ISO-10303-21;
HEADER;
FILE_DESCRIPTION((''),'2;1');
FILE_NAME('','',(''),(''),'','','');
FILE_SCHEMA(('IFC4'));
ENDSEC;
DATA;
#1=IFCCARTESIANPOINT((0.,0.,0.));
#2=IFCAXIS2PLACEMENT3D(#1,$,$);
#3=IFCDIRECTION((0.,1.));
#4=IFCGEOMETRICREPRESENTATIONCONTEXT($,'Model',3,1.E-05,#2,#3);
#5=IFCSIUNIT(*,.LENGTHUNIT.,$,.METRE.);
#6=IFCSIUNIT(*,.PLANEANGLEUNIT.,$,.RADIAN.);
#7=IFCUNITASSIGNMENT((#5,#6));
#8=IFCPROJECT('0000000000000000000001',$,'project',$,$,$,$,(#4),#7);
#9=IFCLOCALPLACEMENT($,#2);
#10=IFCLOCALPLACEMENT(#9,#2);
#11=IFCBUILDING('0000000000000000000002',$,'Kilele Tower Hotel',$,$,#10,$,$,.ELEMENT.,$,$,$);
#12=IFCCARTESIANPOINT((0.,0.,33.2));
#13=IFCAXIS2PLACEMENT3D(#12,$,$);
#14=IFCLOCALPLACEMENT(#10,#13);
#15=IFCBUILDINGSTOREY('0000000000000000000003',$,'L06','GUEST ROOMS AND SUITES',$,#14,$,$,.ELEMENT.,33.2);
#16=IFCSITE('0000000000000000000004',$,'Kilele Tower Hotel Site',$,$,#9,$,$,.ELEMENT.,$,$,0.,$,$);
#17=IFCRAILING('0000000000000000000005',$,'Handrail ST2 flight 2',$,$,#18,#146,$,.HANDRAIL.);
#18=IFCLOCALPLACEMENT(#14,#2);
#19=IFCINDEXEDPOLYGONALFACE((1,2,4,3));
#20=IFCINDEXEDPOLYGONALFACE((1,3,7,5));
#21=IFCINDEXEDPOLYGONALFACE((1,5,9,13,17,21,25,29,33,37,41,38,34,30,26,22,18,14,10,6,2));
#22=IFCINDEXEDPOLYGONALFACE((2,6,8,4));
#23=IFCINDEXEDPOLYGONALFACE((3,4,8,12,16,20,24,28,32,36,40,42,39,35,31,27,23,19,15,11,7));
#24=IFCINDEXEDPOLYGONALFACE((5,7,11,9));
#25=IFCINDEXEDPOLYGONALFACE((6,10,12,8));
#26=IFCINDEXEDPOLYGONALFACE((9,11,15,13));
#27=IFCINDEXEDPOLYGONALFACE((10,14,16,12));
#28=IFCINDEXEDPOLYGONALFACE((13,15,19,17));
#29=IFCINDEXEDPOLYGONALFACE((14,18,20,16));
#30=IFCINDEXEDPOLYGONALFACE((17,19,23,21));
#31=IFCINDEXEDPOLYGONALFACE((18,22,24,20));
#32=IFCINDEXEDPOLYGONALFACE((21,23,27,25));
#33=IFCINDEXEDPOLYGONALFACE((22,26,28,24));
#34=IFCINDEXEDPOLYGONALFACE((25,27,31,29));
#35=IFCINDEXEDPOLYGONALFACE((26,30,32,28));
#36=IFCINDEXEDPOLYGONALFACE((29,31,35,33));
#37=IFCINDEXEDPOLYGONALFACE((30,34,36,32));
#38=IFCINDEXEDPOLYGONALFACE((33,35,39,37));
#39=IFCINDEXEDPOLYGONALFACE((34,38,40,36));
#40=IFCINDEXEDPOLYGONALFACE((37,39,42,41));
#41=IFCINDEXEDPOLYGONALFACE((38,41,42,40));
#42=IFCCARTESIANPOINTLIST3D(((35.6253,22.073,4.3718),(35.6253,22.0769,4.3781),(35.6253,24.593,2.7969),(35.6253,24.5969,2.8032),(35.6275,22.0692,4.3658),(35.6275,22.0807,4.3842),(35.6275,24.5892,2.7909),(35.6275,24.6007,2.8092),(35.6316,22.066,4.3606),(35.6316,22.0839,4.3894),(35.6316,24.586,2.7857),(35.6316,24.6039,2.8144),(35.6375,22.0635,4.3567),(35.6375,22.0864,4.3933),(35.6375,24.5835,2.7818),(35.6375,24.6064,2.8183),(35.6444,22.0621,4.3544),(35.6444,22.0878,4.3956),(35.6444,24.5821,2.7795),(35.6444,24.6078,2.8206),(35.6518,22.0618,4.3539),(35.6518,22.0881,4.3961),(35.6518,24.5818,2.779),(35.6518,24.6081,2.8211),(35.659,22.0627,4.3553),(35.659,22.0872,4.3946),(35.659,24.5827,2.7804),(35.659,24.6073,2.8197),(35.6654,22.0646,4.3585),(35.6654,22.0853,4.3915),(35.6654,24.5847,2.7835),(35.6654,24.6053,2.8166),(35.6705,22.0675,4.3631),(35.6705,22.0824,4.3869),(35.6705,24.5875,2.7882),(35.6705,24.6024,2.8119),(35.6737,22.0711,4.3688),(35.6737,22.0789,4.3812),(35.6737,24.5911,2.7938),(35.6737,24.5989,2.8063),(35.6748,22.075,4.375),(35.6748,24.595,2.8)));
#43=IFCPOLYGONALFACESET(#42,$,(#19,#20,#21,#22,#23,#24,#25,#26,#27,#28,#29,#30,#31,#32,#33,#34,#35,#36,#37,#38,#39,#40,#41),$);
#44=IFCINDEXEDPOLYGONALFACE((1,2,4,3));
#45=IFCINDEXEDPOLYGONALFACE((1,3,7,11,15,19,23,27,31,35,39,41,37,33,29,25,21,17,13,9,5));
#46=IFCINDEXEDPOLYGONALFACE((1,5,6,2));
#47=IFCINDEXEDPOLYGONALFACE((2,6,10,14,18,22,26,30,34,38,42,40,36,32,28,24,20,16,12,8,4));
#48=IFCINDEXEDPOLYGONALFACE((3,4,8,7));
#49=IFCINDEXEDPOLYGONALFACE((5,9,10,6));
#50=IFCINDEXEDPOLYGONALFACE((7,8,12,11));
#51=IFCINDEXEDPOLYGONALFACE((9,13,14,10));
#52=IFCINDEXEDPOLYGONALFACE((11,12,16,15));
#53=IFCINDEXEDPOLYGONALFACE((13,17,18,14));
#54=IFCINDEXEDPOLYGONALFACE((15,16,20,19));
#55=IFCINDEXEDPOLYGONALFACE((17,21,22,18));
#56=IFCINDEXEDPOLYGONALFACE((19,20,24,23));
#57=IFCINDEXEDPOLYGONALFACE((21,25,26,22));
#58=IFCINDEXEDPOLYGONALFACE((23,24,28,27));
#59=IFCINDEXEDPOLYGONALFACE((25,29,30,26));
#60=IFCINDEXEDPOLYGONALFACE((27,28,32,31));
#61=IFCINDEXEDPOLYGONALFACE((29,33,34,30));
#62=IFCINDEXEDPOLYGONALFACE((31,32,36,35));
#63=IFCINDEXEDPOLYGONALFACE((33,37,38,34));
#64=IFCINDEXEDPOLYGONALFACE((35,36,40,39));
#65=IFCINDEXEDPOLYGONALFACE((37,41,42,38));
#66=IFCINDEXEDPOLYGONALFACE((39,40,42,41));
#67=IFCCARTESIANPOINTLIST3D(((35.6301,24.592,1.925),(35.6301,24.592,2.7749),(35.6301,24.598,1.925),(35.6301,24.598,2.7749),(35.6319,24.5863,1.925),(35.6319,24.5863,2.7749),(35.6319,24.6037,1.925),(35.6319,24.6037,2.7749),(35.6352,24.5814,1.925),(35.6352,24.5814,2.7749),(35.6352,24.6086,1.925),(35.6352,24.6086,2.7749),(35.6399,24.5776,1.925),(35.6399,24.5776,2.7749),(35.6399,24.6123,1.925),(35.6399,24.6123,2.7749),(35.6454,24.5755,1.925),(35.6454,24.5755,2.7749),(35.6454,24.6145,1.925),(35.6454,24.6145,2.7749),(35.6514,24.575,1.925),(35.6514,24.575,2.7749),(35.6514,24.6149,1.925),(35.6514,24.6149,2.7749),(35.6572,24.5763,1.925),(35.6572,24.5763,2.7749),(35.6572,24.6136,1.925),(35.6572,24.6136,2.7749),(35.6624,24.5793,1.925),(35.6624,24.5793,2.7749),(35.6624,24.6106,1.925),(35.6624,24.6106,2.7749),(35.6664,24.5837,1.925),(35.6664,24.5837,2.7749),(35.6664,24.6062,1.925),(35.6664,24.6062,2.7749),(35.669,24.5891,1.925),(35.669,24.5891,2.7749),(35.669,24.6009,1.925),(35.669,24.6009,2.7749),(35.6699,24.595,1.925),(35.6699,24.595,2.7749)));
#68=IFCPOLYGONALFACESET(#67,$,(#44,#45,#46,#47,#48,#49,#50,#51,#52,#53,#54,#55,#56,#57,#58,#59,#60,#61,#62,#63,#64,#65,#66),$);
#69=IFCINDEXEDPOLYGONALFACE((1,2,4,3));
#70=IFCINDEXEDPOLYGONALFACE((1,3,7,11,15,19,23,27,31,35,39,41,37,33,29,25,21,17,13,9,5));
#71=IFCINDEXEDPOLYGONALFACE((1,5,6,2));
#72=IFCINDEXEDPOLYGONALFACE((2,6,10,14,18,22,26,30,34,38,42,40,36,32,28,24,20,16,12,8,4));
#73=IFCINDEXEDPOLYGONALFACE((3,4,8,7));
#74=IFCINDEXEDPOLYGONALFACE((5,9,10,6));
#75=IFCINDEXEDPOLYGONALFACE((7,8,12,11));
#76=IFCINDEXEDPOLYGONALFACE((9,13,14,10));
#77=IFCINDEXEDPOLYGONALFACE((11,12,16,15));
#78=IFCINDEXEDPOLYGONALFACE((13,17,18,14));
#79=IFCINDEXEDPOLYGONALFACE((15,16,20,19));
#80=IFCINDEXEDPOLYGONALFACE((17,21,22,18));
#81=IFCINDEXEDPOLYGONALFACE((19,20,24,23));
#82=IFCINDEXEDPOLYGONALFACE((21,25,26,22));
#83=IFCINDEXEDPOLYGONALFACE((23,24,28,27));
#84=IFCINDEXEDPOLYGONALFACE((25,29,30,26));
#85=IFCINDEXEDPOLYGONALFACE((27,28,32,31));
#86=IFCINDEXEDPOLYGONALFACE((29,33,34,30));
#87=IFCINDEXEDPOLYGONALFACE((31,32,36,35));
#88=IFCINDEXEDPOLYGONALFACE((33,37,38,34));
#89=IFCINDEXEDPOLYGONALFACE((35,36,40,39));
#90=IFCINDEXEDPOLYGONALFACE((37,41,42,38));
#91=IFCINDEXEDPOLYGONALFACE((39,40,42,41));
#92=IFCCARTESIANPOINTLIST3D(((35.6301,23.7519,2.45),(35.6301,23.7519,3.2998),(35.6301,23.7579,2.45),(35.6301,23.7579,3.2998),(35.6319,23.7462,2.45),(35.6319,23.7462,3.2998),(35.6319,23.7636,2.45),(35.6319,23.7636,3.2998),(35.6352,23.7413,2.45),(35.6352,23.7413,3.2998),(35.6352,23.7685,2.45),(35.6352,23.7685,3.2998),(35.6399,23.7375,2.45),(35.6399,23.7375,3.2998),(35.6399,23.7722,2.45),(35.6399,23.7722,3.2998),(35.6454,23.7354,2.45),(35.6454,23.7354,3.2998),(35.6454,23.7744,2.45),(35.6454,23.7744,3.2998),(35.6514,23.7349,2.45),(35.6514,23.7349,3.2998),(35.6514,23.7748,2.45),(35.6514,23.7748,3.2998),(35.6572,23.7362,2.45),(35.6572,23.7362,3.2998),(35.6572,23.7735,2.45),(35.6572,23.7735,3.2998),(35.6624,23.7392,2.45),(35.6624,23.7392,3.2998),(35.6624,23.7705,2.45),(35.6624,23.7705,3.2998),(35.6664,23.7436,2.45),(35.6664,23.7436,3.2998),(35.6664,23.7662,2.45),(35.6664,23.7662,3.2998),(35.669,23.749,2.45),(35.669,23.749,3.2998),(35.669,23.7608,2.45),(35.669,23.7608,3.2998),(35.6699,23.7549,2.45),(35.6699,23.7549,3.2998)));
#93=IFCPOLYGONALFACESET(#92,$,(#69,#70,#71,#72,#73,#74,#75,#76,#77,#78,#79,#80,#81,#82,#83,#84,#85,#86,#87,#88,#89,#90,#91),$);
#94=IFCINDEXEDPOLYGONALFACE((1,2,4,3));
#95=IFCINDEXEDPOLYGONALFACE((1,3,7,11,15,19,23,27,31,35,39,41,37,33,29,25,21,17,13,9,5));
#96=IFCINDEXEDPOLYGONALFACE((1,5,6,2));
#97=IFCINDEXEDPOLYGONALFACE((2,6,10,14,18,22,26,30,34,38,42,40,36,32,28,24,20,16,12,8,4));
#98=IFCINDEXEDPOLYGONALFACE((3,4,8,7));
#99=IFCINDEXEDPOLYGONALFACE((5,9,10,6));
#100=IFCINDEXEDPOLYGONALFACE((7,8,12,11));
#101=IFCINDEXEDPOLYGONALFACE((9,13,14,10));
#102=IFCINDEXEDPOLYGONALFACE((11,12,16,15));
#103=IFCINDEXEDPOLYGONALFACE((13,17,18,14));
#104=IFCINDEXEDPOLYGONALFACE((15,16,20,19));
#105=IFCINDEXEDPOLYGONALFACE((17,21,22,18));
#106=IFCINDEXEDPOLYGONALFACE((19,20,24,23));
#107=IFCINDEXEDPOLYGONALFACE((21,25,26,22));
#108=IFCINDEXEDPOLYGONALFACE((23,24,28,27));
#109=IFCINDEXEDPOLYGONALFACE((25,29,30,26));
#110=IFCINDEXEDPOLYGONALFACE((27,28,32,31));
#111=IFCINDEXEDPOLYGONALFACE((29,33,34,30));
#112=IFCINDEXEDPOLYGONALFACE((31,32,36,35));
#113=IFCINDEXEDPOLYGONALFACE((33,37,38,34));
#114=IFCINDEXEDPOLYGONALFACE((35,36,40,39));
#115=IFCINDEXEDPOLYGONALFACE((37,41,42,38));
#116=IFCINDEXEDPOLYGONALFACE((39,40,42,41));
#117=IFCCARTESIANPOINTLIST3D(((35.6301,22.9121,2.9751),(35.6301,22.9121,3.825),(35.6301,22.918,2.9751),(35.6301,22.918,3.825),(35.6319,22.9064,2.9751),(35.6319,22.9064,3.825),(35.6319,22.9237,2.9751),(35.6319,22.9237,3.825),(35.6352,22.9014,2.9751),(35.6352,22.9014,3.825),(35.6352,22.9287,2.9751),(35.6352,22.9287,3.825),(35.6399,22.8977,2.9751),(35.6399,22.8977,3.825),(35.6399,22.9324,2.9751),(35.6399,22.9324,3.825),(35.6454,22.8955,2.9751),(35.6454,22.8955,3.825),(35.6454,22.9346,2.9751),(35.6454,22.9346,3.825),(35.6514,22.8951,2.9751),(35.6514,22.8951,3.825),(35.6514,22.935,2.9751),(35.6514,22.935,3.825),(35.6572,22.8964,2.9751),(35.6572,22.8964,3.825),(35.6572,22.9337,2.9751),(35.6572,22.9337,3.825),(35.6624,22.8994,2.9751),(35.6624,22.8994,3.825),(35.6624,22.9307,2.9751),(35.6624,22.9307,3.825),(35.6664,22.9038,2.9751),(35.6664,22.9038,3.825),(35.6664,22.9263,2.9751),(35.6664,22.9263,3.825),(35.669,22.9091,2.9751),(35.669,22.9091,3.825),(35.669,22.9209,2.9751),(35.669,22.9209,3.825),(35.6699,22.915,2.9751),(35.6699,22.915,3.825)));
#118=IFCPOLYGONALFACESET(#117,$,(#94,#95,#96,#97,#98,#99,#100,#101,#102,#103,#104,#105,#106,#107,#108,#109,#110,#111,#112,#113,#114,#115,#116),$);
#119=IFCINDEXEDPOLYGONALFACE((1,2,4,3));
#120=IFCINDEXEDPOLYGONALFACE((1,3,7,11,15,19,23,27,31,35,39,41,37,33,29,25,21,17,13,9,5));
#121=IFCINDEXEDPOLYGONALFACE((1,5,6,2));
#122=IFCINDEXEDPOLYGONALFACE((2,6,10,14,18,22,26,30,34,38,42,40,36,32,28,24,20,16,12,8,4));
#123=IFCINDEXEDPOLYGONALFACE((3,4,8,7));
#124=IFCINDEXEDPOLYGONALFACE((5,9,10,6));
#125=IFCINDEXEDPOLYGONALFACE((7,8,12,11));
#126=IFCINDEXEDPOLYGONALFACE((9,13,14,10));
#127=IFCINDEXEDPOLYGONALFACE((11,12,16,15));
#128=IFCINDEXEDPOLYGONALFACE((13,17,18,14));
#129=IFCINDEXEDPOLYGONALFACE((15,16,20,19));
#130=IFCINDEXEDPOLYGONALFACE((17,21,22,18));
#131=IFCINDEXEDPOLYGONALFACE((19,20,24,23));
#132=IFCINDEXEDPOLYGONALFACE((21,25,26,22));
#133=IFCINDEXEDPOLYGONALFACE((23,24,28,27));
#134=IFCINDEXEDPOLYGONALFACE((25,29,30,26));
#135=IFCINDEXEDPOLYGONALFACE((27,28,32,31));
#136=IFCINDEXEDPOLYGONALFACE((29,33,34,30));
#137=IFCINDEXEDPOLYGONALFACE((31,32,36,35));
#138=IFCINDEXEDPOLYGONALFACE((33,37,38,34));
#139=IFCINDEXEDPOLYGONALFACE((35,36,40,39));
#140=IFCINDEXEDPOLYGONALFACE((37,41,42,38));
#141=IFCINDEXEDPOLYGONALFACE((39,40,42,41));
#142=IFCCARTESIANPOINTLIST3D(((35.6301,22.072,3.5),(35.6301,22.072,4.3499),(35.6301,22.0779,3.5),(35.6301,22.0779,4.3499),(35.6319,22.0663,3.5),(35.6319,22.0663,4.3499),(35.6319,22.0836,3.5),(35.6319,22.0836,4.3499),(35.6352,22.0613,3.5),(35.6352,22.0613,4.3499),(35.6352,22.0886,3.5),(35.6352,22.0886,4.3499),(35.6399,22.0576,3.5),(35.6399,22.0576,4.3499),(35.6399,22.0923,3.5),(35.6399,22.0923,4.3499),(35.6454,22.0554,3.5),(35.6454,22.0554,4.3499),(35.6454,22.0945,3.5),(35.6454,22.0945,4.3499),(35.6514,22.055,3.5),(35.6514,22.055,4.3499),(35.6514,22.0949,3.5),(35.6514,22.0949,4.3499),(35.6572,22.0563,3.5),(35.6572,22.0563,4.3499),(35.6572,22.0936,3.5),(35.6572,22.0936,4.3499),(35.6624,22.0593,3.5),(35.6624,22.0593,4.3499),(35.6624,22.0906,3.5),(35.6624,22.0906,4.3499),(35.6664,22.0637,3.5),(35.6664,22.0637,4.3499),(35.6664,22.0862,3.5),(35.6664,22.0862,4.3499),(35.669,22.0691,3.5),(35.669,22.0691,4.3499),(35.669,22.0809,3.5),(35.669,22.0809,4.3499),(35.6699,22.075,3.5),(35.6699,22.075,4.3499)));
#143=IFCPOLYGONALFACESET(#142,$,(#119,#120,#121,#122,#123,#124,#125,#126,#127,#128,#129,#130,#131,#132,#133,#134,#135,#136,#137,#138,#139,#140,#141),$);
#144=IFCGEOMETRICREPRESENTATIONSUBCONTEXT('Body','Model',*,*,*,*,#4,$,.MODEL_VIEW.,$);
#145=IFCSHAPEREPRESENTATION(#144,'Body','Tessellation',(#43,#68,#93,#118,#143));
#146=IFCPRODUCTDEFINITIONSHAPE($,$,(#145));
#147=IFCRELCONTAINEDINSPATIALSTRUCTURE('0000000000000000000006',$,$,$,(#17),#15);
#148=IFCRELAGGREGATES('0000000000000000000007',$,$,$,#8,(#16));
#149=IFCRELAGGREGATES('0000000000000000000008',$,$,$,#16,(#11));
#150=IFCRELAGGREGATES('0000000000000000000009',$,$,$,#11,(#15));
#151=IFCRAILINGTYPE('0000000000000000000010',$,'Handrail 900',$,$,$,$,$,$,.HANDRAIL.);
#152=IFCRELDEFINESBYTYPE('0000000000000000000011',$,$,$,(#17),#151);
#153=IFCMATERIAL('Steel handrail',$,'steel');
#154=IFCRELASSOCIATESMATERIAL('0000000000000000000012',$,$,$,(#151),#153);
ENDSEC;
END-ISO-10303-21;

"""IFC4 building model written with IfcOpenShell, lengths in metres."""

from ifc_helpers import new_model, si_unit, direction, frame, origin, origin_2d, place, context, subcontext, project, spatial, circle, extrude, material, type_object, element, save


model = new_model("IFC4")

# Units and contexts
model_context = context("Model", 3, precision=1e-05, world=origin(), true_north=direction((0.0, 1.0)))
body_context = subcontext(model_context, "Body", "Model", "MODEL_VIEW")
ifc_project = project(units=[si_unit("LENGTHUNIT", "METRE"), si_unit("PLANEANGLEUNIT", "RADIAN")], contexts=[model_context])

# Site, building, storey
site_placement = place(None, origin())
site = spatial("IfcSite", under=ifc_project, at=site_placement, Name="Kilele Tower Hotel Site", CompositionType="ELEMENT", RefElevation=0.0)
building_placement = place(site_placement, origin())
building = spatial("IfcBuilding", under=site, at=building_placement, Name="Kilele Tower Hotel", CompositionType="ELEMENT")
storey_placement = place(building_placement, frame((0.0, 0.0, 33.2)))
storey = spatial("IfcBuildingStorey", under=building, at=storey_placement, Name="L06", Description="GUEST ROOMS AND SUITES", CompositionType="ELEMENT", Elevation=33.2)

# Railing
ifc_material_1 = material(Name="Steel handrail", Category="steel")
railing_type_1 = type_object("IfcRailingType", Name="Handrail 900", PredefinedType="HANDRAIL", material=ifc_material_1)
for number, where, name in (
    (1, (35.6499, 24.595, 1.925), "Handrail ST2 flight 2"),
):
    element("IfcRailing", number, at=place(storey_placement, frame(where)), inside=storey, type_object=railing_type_1, Name=name, PredefinedType="HANDRAIL", context=body_context, shape_type="SweptSolid", body=[
        extrude(circle(Radius=0.0249, at=origin_2d()), frame((0.0, 0.0, 0.875), z_axis=(0.0, -0.848008, 0.529984), x_axis=(1.0, 0.0, 0.0)), (0.0, 0.0, 1.0), 2.9717),
        extrude(circle(Radius=0.02, at=origin_2d()), origin(), (0.0, 0.0, 1.0), 0.8499),
        extrude(circle(Radius=0.02, at=origin_2d()), frame((0.0, -0.8401, 0.5249)), (0.0, 0.0, 1.0), 0.8499),
        extrude(circle(Radius=0.02, at=origin_2d()), frame((0.0, -1.6799, 1.05)), (0.0, 0.0, 1.0), 0.8499),
        extrude(circle(Radius=0.02, at=origin_2d()), frame((0.0, -2.52, 1.575)), (0.0, 0.0, 1.0), 0.8499),
    ])

save(model, "model.ifc")
